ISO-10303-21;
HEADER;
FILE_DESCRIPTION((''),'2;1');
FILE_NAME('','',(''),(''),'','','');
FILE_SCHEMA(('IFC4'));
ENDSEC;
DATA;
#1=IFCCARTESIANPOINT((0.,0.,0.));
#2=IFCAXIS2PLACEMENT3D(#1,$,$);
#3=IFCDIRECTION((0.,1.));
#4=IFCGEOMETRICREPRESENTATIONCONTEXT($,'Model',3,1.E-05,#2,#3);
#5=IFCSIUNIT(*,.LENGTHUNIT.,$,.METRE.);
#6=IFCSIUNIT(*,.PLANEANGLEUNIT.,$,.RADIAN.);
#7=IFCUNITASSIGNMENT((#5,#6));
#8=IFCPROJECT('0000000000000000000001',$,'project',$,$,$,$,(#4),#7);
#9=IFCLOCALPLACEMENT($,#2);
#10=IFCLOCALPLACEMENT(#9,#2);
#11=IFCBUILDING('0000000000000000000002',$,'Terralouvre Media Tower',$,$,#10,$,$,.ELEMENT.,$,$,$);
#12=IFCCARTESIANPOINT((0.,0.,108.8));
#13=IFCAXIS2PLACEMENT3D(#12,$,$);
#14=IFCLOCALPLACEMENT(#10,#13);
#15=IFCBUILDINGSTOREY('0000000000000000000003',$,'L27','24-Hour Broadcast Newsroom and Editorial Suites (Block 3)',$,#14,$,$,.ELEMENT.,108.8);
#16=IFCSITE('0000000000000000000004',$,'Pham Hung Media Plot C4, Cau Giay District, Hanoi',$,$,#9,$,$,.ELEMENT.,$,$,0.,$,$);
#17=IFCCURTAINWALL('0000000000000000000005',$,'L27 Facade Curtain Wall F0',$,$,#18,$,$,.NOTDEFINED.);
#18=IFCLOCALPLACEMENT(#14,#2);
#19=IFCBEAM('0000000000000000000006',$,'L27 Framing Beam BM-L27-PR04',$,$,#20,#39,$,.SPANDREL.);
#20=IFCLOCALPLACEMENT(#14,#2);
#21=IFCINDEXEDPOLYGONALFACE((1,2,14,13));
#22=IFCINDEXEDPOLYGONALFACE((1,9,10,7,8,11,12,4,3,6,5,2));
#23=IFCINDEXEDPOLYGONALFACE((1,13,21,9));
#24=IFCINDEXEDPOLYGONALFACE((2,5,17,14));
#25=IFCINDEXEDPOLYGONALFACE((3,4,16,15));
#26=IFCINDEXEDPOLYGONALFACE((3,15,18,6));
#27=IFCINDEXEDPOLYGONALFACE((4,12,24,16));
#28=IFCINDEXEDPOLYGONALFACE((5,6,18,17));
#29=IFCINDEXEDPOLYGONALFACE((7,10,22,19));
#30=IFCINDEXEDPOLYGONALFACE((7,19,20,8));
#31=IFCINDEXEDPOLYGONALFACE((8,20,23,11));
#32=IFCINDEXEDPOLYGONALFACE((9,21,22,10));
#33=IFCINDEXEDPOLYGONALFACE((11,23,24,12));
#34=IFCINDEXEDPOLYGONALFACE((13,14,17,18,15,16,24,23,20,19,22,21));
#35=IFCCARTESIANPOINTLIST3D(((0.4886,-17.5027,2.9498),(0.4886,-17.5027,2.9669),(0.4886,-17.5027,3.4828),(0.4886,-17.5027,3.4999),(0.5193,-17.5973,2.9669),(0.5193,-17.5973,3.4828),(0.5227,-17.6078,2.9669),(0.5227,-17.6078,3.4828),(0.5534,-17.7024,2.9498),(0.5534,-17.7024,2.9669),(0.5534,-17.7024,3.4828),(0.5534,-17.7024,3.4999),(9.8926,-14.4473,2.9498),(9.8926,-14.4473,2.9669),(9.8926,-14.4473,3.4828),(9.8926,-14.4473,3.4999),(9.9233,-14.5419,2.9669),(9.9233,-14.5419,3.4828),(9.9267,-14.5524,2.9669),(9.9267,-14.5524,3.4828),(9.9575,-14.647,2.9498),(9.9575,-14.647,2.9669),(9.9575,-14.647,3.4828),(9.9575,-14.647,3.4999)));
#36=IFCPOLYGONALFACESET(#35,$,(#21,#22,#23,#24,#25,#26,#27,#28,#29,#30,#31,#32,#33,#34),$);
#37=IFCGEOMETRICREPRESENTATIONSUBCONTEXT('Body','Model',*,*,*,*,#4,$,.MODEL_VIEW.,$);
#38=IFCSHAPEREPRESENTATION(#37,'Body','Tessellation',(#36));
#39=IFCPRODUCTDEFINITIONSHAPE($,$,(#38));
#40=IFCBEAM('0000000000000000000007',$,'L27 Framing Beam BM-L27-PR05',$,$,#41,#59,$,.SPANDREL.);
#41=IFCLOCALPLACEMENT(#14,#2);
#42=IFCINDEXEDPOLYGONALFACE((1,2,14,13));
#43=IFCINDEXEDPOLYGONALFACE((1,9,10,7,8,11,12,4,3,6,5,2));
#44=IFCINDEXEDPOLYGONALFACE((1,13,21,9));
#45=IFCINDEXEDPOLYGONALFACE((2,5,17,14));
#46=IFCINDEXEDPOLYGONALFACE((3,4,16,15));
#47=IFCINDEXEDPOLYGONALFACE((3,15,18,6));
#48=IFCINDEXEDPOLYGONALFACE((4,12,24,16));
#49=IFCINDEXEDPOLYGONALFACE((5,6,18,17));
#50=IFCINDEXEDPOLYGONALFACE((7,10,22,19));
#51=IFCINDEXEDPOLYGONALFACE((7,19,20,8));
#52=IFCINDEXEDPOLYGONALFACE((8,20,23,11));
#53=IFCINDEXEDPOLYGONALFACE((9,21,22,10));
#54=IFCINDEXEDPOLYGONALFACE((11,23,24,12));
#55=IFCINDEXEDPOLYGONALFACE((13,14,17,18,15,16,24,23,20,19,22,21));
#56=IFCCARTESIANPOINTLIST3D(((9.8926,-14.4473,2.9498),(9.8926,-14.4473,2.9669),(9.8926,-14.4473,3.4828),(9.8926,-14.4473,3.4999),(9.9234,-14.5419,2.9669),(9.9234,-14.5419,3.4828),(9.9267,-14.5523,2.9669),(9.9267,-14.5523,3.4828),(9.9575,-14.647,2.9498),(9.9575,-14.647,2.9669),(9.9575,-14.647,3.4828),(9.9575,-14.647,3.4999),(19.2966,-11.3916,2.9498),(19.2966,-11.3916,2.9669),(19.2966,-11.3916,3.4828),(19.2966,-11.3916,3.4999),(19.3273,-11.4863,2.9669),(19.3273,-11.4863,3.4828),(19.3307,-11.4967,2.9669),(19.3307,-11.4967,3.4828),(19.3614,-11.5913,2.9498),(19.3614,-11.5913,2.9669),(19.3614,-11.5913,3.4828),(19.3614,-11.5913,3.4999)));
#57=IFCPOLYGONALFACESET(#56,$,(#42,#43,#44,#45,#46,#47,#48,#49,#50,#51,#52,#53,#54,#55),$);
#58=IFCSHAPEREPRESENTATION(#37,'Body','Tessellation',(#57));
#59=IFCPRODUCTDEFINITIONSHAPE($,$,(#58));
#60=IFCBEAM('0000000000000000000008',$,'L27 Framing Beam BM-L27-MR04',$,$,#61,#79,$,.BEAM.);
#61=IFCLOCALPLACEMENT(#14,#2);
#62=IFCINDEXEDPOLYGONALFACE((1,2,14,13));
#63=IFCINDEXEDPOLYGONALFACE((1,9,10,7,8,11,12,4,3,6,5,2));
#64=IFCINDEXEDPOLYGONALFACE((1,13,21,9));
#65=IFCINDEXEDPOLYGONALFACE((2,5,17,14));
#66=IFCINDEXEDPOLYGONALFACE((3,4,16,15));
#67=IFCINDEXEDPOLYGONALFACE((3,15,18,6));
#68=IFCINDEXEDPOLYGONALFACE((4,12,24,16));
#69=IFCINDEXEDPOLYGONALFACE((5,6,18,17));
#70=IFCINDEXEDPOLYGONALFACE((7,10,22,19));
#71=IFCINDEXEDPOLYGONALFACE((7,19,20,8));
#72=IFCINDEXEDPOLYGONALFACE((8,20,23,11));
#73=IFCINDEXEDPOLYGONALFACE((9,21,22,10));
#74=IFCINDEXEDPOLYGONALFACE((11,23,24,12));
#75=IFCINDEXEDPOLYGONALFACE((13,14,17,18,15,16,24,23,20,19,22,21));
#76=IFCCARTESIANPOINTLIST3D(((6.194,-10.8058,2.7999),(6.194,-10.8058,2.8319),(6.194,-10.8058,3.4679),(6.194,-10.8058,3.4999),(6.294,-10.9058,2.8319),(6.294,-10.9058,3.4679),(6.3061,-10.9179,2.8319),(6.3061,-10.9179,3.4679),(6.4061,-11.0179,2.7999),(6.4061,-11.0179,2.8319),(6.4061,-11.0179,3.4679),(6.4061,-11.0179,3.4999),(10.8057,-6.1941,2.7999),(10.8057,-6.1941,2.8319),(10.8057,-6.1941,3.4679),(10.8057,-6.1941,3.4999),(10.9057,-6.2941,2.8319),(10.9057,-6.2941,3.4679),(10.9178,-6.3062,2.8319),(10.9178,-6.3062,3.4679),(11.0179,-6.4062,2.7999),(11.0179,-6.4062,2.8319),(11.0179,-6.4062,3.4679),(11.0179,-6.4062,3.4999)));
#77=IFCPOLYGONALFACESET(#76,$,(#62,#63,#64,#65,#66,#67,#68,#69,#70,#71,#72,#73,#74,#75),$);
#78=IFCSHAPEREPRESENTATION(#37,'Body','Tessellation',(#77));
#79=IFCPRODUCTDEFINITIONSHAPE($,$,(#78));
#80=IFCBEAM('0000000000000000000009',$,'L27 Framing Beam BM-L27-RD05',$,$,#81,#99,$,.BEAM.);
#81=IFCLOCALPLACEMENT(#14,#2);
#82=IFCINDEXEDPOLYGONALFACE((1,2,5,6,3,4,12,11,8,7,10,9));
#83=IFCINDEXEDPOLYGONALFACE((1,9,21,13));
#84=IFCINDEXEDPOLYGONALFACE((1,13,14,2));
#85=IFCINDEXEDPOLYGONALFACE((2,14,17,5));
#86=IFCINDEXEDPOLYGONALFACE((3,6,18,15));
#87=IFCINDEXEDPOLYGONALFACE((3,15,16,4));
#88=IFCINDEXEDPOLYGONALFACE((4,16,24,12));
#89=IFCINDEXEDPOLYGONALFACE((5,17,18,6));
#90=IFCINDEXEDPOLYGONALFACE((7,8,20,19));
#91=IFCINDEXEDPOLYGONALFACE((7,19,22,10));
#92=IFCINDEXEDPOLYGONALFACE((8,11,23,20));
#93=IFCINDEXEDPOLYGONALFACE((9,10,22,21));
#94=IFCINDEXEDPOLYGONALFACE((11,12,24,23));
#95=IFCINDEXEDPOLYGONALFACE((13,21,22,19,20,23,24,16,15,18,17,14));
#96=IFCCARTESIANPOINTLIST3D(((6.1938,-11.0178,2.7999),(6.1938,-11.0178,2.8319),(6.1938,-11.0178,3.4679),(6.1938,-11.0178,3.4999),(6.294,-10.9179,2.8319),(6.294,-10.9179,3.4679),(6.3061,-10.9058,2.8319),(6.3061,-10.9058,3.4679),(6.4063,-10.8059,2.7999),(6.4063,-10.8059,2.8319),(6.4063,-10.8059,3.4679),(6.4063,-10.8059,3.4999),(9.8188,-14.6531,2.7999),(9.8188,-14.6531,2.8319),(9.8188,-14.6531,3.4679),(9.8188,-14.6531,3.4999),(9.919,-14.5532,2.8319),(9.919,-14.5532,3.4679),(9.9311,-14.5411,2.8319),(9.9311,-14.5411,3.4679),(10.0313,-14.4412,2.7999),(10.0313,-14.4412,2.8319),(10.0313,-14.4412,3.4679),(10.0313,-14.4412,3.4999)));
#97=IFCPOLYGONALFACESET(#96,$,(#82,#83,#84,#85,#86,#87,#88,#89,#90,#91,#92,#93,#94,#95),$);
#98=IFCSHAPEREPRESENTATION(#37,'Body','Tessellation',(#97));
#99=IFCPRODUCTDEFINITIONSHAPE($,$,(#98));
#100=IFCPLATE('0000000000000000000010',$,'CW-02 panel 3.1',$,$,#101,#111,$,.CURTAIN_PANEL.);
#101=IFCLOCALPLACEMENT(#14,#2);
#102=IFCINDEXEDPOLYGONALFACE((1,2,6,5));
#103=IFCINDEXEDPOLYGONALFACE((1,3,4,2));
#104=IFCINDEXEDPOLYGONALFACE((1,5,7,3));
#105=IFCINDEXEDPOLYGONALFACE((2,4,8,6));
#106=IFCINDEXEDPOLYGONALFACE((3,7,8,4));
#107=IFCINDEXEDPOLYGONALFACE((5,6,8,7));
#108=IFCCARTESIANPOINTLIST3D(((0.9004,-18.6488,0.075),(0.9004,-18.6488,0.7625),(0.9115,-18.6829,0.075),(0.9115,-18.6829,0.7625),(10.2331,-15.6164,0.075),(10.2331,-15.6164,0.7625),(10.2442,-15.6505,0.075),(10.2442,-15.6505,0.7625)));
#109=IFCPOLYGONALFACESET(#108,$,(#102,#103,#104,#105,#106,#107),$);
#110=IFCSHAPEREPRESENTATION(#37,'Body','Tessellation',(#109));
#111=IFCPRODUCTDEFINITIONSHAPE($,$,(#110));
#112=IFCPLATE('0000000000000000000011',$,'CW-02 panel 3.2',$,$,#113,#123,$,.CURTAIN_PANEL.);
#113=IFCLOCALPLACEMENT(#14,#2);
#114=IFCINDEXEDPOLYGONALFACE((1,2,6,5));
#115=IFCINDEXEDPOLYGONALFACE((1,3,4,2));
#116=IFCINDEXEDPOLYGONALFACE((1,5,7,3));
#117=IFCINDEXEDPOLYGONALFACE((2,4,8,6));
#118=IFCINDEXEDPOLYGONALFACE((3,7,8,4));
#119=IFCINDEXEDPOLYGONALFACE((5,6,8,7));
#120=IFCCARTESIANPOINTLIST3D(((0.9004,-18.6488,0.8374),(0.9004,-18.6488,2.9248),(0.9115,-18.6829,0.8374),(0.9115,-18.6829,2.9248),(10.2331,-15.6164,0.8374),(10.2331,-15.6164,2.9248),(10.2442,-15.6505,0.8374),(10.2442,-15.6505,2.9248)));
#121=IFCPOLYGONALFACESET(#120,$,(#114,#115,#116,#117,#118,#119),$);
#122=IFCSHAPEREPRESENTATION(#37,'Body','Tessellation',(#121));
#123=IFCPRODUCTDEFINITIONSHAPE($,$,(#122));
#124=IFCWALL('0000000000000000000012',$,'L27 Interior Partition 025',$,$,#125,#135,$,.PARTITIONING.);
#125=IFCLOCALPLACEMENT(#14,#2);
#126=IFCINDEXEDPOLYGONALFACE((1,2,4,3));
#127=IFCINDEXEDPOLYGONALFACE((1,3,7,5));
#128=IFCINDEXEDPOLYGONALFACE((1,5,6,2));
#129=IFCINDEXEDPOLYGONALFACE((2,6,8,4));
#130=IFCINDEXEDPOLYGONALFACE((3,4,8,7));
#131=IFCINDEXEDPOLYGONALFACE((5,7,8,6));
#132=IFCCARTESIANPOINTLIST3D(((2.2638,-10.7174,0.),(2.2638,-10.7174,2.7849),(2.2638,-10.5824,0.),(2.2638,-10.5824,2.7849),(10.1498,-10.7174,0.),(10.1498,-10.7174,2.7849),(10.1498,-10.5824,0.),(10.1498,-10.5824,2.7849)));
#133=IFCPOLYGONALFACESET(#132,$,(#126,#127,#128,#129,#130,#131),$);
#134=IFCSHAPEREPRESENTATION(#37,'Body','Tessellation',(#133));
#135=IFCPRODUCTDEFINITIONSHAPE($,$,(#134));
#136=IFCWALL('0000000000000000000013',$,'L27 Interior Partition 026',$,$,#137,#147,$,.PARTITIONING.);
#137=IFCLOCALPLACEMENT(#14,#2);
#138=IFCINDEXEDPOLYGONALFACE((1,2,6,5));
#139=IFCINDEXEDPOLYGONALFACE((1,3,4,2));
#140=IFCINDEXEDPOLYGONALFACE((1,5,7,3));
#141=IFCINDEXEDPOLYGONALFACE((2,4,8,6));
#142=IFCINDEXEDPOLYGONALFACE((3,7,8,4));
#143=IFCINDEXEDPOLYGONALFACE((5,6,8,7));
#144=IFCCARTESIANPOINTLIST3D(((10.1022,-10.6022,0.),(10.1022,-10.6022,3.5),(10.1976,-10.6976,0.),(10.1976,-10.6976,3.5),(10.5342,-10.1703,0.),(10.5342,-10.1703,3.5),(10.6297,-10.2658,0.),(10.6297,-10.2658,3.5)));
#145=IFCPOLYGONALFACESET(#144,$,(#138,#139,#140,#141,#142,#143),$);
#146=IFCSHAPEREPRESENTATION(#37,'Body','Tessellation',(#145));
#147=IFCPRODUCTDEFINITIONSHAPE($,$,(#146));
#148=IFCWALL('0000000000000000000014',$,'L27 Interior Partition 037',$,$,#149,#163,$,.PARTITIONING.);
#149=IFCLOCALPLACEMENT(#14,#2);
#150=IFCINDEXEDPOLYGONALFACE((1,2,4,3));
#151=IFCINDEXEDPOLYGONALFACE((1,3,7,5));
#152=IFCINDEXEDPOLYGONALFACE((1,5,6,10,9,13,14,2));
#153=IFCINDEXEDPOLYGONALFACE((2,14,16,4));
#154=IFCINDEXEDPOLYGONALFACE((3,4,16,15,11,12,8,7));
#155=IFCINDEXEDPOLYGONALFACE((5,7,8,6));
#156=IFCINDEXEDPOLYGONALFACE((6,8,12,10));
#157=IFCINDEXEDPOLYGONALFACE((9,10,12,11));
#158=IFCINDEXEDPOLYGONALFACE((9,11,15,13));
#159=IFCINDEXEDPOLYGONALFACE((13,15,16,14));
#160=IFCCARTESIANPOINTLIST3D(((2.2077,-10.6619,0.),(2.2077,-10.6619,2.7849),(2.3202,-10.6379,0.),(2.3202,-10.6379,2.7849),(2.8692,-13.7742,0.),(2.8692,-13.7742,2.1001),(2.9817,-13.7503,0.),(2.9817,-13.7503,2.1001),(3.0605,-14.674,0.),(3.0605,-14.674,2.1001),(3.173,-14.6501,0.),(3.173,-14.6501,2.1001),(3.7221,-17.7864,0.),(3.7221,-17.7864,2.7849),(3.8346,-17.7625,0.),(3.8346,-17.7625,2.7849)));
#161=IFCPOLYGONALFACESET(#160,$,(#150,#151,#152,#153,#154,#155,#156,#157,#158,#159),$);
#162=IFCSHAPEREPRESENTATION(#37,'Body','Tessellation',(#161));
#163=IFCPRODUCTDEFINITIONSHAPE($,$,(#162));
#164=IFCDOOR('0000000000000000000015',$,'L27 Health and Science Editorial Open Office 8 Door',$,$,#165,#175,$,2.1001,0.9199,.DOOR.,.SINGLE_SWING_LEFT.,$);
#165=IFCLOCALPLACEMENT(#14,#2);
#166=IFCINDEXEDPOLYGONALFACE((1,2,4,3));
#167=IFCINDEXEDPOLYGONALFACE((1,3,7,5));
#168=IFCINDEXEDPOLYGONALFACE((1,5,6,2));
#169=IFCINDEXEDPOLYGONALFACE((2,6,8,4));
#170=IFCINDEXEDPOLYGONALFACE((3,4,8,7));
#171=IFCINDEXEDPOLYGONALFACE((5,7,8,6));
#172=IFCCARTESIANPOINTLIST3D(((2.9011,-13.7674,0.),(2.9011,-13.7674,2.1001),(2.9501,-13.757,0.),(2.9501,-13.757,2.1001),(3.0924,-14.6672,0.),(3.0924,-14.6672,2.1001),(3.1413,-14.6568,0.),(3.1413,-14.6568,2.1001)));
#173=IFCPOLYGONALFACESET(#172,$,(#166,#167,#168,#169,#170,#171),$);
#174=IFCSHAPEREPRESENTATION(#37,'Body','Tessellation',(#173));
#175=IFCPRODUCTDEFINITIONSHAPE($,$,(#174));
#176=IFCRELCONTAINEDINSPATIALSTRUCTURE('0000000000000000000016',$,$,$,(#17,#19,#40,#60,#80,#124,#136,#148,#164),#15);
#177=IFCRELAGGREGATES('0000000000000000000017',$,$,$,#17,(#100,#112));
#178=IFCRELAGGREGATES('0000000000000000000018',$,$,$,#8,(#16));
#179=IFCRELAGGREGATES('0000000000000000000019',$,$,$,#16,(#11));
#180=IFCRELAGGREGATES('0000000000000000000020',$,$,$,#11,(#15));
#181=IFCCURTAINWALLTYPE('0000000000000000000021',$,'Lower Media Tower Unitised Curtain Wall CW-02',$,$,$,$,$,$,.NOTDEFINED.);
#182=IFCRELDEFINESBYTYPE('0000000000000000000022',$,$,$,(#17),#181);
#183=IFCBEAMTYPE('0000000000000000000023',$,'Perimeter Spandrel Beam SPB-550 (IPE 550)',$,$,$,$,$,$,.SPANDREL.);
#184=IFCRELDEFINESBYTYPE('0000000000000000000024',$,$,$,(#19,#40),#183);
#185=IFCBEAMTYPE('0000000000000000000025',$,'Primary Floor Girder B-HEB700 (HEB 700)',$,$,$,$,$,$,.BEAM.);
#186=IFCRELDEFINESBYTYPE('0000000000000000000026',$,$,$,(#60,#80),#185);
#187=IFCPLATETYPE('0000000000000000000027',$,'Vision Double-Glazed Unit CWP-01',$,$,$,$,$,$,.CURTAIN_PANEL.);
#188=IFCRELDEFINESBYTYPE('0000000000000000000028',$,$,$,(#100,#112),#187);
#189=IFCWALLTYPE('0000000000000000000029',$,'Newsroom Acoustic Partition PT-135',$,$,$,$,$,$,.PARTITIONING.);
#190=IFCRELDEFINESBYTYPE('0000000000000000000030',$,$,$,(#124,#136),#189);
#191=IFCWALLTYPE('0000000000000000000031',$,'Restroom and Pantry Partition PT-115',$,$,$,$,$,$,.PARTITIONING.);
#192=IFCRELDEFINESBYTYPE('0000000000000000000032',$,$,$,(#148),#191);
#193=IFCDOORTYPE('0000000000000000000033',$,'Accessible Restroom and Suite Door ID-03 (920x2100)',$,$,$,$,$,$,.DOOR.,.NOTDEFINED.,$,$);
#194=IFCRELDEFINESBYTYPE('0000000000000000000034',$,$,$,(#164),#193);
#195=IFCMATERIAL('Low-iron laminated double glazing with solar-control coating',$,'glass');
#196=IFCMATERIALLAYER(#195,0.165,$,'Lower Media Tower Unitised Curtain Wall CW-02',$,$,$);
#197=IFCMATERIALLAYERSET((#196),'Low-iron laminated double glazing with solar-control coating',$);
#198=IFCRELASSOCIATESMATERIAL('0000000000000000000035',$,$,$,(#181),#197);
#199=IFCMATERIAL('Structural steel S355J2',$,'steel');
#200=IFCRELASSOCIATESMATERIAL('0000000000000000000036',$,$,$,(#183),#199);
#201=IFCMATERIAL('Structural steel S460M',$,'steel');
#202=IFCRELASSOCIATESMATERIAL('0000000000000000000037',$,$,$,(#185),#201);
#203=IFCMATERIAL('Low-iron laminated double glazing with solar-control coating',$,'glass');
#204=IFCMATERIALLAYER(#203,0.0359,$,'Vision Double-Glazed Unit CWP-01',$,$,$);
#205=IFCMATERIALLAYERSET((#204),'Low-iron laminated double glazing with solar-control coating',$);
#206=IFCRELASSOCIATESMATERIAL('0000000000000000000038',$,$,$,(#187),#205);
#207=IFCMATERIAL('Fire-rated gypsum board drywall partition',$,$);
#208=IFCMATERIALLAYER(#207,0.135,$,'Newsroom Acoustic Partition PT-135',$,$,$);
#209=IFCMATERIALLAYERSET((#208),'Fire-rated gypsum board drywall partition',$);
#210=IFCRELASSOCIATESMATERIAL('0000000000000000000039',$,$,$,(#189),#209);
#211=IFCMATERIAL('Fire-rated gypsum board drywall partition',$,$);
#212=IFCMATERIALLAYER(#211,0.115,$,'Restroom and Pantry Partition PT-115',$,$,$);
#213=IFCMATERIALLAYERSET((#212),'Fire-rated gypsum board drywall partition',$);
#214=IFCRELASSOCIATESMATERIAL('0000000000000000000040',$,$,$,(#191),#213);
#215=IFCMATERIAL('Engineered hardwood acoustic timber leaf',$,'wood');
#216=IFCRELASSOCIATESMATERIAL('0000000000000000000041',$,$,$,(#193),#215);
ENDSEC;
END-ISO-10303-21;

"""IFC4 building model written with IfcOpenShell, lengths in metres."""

from ifc_helpers import new_model, si_unit, direction, frame, frame_2d, origin, origin_2d, place, context, subcontext, project, spatial, rectangle, i_section, extrude, material, layer, layer_set, material_profile, profile_set, type_object, element, fill, aggregate, save


model = new_model("IFC4")

# Units and contexts
model_context = context("Model", 3, precision=1e-05, world=origin(), true_north=direction((0.0, 1.0)))
body_context = subcontext(model_context, "Body", "Model", "MODEL_VIEW")
ifc_project = project(units=[si_unit("LENGTHUNIT", "METRE"), si_unit("PLANEANGLEUNIT", "RADIAN")], contexts=[model_context])

# Site, building, storey
site_placement = place(None, origin())
site = spatial("IfcSite", under=ifc_project, at=site_placement, Name="Pham Hung Media Plot C4, Cau Giay District, Hanoi", CompositionType="ELEMENT", RefElevation=0.0)
building_placement = place(site_placement, origin())
building = spatial("IfcBuilding", under=site, at=building_placement, Name="Terralouvre Media Tower", CompositionType="ELEMENT")
storey_placement = place(building_placement, frame((0.0, 0.0, 108.8)))
storey = spatial("IfcBuildingStorey", under=building, at=storey_placement, Name="L27", Description="24-Hour Broadcast Newsroom and Editorial Suites (Block 3)", CompositionType="ELEMENT", Elevation=108.8)

# Curtain wall
ifc_material_1 = material(Name="Low-iron laminated double glazing with solar-control coating", Category="glass")
ifc_layer_1 = layer(ifc_material_1, 0.165, Name="Lower Media Tower Unitised Curtain Wall CW-02")
ifc_layer_set_1 = layer_set([ifc_layer_1], Name="Low-iron laminated double glazing with solar-control coating")
curtain_wall_type = type_object("IfcCurtainWallType", Name="Lower Media Tower Unitised Curtain Wall CW-02", PredefinedType="NOTDEFINED", material=ifc_layer_set_1)
curtain_wall_placement = place(storey_placement, origin())
curtain_wall = element("IfcCurtainWall", 1, at=curtain_wall_placement, inside=storey, type_object=curtain_wall_type, Name="L27 Facade Curtain Wall F0", PredefinedType="NOTDEFINED")

# Beams
ifc_material_2 = material(Name="Structural steel S355J2", Category="steel")
ifc_material_profile_1 = material_profile(ifc_material_2, i_section(OverallWidth=0.21, OverallDepth=0.55, WebThickness=0.011, FlangeThickness=0.0171, at=origin_2d()), Name="IPE 550")
ifc_profile_set_1 = profile_set([ifc_material_profile_1], Name="Structural steel S355J2")
beam_type_1 = type_object("IfcBeamType", Name="Perimeter Spandrel Beam SPB-550 (IPE 550)", PredefinedType="SPANDREL", material=ifc_profile_set_1)
for number, where, z_axis, x_axis, name in (
    (2, (0.521, -17.6025, 3.2249), (0.951061, 0.309004, 0.0), (-0.309004, 0.951061, 0.0), "L27 Framing Beam BM-L27-PR04"),
    (3, (9.925, -14.5471, 3.2249), (0.951053, 0.309026, 0.0), (-0.309026, 0.951053, 0.0), "L27 Framing Beam BM-L27-PR05"),
):
    element("IfcBeam", number, at=place(storey_placement, frame(where, z_axis=z_axis, x_axis=x_axis)), inside=storey, type_object=beam_type_1, Name=name, PredefinedType="SPANDREL", context=body_context, shape_type="SweptSolid", body=[
        extrude(i_section(OverallWidth=0.21, OverallDepth=0.55, WebThickness=0.011, FlangeThickness=0.0171, at=origin_2d()), origin(), (0.0, 0.0, 1.0), 9.8879),
    ])
ifc_material_3 = material(Name="Structural steel S460M", Category="steel")
ifc_material_profile_2 = material_profile(ifc_material_3, i_section(OverallWidth=0.3, OverallDepth=0.7, WebThickness=0.0171, FlangeThickness=0.032, at=origin_2d()), Name="HEB 700")
ifc_profile_set_2 = profile_set([ifc_material_profile_2], Name="Structural steel S460M")
beam_type_2 = type_object("IfcBeamType", Name="Primary Floor Girder B-HEB700 (HEB 700)", PredefinedType="BEAM", material=ifc_profile_set_2)
beam_1_placement = place(storey_placement, frame((6.3, -10.9119, 3.1499), z_axis=(0.707107, 0.707107, 0.0), x_axis=(-0.707107, 0.707107, 0.0)))
element("IfcBeam", 4, at=beam_1_placement, inside=storey, type_object=beam_type_2, Name="L27 Framing Beam BM-L27-MR04", PredefinedType="BEAM", context=body_context, shape_type="SweptSolid", body=[
    extrude(i_section(OverallWidth=0.3, OverallDepth=0.7, WebThickness=0.0171, FlangeThickness=0.032, at=origin_2d()), origin(), (0.0, 0.0, 1.0), 6.522),
])
beam_2_placement = place(storey_placement, frame((6.3, -10.9119, 3.1499), z_axis=(0.706107, -0.708105, 0.0), x_axis=(0.708105, 0.706107, 0.0)))
element("IfcBeam", 5, at=beam_2_placement, inside=storey, type_object=beam_type_2, Name="L27 Framing Beam BM-L27-RD05", PredefinedType="BEAM", context=body_context, shape_type="SweptSolid", body=[
    extrude(i_section(OverallWidth=0.3, OverallDepth=0.7, WebThickness=0.0171, FlangeThickness=0.032, at=origin_2d()), origin(), (0.0, 0.0, 1.0), 5.1338),
])

# Plates
ifc_material_4 = material(Name="Low-iron laminated double glazing with solar-control coating", Category="glass")
ifc_layer_2 = layer(ifc_material_4, 0.0359, Name="Vision Double-Glazed Unit CWP-01")
ifc_layer_set_2 = layer_set([ifc_layer_2], Name="Low-iron laminated double glazing with solar-control coating")
plate_type = type_object("IfcPlateType", Name="Vision Double-Glazed Unit CWP-01", PredefinedType="CURTAIN_PANEL", material=ifc_layer_set_2)
plate_1_placement = place(storey_placement, frame((5.5723, -17.1497, 0.075), z_axis=(0.0, 0.0, 1.0), x_axis=(0.951057, 0.309017, 0.0)))
plate_1 = element("IfcPlate", 6, at=plate_1_placement, type_object=plate_type, Name="CW-02 panel 3.1", PredefinedType="CURTAIN_PANEL", context=body_context, shape_type="SweptSolid", body=[
    extrude(rectangle(XDim=9.813, YDim=0.0359, at=origin_2d()), origin(), (0.0, 0.0, 1.0), 0.6875),
])
plate_2_placement = place(storey_placement, frame((5.5723, -17.1497, 0.8374), z_axis=(0.0, 0.0, 1.0), x_axis=(0.951057, 0.309017, 0.0)))
plate_2 = element("IfcPlate", 7, at=plate_2_placement, type_object=plate_type, Name="CW-02 panel 3.2", PredefinedType="CURTAIN_PANEL", context=body_context, shape_type="SweptSolid", body=[
    extrude(rectangle(XDim=9.813, YDim=0.0359, at=origin_2d()), origin(), (0.0, 0.0, 1.0), 2.0874),
])
aggregate(curtain_wall, [plate_1, plate_2])

# Walls
ifc_material_5 = material(Name="Fire-rated gypsum board drywall partition")
ifc_layer_3 = layer(ifc_material_5, 0.135, Name="Newsroom Acoustic Partition PT-135")
ifc_layer_set_3 = layer_set([ifc_layer_3], Name="Fire-rated gypsum board drywall partition")
wall_type_1 = type_object("IfcWallType", Name="Newsroom Acoustic Partition PT-135", PredefinedType="PARTITIONING", material=ifc_layer_set_3)
wall_1_placement = place(storey_placement, frame((2.2639, -10.6499, 0.0), z_axis=(0.0, 0.0, 1.0), x_axis=(1.0, 0.0, 0.0)))
element("IfcWall", 8, at=wall_1_placement, inside=storey, type_object=wall_type_1, Name="L27 Interior Partition 025", PredefinedType="PARTITIONING", context=body_context, shape_type="SweptSolid", body=[
    extrude(rectangle(XDim=7.886, YDim=0.135, at=frame_2d((3.9429, 0.0))), origin(), (0.0, 0.0, 1.0), 2.7849),
])
wall_2_placement = place(storey_placement, frame((10.1499, -10.6499, 0.0), z_axis=(0.0, 0.0, 1.0), x_axis=(0.707307, 0.706907, 0.0)))
element("IfcWall", 9, at=wall_2_placement, inside=storey, type_object=wall_type_1, Name="L27 Interior Partition 026", PredefinedType="PARTITIONING", context=body_context, shape_type="SweptSolid", body=[
    extrude(rectangle(XDim=0.6108, YDim=0.135, at=frame_2d((0.3054, 0.0))), origin(), (0.0, 0.0, 1.0), 3.5),
])

# Wall, opening, door
ifc_material_6 = material(Name="Fire-rated gypsum board drywall partition")
ifc_layer_4 = layer(ifc_material_6, 0.115, Name="Restroom and Pantry Partition PT-115")
ifc_layer_set_4 = layer_set([ifc_layer_4], Name="Fire-rated gypsum board drywall partition")
wall_type_2 = type_object("IfcWallType", Name="Restroom and Pantry Partition PT-115", PredefinedType="PARTITIONING", material=ifc_layer_set_4)
wall_3_placement = place(storey_placement, frame((3.7783, -17.7744, 0.0), z_axis=(0.0, 0.0, 1.0), x_axis=(-0.207917, 0.978146, 0.0)))
wall_3 = element("IfcWall", 10, at=wall_3_placement, inside=storey, type_object=wall_type_2, Name="L27 Interior Partition 037", PredefinedType="PARTITIONING", context=body_context, shape_type="SweptSolid", body=[
    extrude(rectangle(XDim=7.2837, YDim=0.115, at=frame_2d((3.6418, 0.0))), origin(), (0.0, 0.0, 1.0), 2.7849),
])
opening_placement = place(wall_3_placement, frame((3.1819, 0.0, 0.0)))
opening = element("IfcOpeningElement", 11, at=opening_placement, cuts=wall_3, PredefinedType="OPENING", context=body_context, shape_type="SweptSolid", body=[
    extrude(rectangle(XDim=0.9199, YDim=2.1001, at=frame_2d((0.46, 1.05))), frame((0.0, 0.0674, 0.0), z_axis=(0.0, -1.0, 0.0), x_axis=(1.0, 0.0, 0.0)), (0.0, 0.0, 1.0), 0.135),
])
ifc_material_7 = material(Name="Engineered hardwood acoustic timber leaf", Category="wood")
door_type = type_object("IfcDoorType", Name="Accessible Restroom and Suite Door ID-03 (920x2100)", OperationType="NOTDEFINED", PredefinedType="DOOR", material=ifc_material_7)
door_placement = place(opening_placement, origin())
door = element("IfcDoor", 12, at=door_placement, inside=storey, type_object=door_type, Name="L27 Health and Science Editorial Open Office 8 Door", OperationType="SINGLE_SWING_LEFT", OverallHeight=2.1001, OverallWidth=0.9199, PredefinedType="DOOR", context=body_context, shape_type="SweptSolid", body=[
    extrude(rectangle(XDim=0.9199, YDim=2.1001, at=frame_2d((0.46, 1.05))), frame((0.0, 0.0249, 0.0), z_axis=(0.0, -1.0, 0.0), x_axis=(1.0, 0.0, 0.0)), (0.0, 0.0, 1.0), 0.05),
])
fill(opening, door)

save(model, "model.ifc")
